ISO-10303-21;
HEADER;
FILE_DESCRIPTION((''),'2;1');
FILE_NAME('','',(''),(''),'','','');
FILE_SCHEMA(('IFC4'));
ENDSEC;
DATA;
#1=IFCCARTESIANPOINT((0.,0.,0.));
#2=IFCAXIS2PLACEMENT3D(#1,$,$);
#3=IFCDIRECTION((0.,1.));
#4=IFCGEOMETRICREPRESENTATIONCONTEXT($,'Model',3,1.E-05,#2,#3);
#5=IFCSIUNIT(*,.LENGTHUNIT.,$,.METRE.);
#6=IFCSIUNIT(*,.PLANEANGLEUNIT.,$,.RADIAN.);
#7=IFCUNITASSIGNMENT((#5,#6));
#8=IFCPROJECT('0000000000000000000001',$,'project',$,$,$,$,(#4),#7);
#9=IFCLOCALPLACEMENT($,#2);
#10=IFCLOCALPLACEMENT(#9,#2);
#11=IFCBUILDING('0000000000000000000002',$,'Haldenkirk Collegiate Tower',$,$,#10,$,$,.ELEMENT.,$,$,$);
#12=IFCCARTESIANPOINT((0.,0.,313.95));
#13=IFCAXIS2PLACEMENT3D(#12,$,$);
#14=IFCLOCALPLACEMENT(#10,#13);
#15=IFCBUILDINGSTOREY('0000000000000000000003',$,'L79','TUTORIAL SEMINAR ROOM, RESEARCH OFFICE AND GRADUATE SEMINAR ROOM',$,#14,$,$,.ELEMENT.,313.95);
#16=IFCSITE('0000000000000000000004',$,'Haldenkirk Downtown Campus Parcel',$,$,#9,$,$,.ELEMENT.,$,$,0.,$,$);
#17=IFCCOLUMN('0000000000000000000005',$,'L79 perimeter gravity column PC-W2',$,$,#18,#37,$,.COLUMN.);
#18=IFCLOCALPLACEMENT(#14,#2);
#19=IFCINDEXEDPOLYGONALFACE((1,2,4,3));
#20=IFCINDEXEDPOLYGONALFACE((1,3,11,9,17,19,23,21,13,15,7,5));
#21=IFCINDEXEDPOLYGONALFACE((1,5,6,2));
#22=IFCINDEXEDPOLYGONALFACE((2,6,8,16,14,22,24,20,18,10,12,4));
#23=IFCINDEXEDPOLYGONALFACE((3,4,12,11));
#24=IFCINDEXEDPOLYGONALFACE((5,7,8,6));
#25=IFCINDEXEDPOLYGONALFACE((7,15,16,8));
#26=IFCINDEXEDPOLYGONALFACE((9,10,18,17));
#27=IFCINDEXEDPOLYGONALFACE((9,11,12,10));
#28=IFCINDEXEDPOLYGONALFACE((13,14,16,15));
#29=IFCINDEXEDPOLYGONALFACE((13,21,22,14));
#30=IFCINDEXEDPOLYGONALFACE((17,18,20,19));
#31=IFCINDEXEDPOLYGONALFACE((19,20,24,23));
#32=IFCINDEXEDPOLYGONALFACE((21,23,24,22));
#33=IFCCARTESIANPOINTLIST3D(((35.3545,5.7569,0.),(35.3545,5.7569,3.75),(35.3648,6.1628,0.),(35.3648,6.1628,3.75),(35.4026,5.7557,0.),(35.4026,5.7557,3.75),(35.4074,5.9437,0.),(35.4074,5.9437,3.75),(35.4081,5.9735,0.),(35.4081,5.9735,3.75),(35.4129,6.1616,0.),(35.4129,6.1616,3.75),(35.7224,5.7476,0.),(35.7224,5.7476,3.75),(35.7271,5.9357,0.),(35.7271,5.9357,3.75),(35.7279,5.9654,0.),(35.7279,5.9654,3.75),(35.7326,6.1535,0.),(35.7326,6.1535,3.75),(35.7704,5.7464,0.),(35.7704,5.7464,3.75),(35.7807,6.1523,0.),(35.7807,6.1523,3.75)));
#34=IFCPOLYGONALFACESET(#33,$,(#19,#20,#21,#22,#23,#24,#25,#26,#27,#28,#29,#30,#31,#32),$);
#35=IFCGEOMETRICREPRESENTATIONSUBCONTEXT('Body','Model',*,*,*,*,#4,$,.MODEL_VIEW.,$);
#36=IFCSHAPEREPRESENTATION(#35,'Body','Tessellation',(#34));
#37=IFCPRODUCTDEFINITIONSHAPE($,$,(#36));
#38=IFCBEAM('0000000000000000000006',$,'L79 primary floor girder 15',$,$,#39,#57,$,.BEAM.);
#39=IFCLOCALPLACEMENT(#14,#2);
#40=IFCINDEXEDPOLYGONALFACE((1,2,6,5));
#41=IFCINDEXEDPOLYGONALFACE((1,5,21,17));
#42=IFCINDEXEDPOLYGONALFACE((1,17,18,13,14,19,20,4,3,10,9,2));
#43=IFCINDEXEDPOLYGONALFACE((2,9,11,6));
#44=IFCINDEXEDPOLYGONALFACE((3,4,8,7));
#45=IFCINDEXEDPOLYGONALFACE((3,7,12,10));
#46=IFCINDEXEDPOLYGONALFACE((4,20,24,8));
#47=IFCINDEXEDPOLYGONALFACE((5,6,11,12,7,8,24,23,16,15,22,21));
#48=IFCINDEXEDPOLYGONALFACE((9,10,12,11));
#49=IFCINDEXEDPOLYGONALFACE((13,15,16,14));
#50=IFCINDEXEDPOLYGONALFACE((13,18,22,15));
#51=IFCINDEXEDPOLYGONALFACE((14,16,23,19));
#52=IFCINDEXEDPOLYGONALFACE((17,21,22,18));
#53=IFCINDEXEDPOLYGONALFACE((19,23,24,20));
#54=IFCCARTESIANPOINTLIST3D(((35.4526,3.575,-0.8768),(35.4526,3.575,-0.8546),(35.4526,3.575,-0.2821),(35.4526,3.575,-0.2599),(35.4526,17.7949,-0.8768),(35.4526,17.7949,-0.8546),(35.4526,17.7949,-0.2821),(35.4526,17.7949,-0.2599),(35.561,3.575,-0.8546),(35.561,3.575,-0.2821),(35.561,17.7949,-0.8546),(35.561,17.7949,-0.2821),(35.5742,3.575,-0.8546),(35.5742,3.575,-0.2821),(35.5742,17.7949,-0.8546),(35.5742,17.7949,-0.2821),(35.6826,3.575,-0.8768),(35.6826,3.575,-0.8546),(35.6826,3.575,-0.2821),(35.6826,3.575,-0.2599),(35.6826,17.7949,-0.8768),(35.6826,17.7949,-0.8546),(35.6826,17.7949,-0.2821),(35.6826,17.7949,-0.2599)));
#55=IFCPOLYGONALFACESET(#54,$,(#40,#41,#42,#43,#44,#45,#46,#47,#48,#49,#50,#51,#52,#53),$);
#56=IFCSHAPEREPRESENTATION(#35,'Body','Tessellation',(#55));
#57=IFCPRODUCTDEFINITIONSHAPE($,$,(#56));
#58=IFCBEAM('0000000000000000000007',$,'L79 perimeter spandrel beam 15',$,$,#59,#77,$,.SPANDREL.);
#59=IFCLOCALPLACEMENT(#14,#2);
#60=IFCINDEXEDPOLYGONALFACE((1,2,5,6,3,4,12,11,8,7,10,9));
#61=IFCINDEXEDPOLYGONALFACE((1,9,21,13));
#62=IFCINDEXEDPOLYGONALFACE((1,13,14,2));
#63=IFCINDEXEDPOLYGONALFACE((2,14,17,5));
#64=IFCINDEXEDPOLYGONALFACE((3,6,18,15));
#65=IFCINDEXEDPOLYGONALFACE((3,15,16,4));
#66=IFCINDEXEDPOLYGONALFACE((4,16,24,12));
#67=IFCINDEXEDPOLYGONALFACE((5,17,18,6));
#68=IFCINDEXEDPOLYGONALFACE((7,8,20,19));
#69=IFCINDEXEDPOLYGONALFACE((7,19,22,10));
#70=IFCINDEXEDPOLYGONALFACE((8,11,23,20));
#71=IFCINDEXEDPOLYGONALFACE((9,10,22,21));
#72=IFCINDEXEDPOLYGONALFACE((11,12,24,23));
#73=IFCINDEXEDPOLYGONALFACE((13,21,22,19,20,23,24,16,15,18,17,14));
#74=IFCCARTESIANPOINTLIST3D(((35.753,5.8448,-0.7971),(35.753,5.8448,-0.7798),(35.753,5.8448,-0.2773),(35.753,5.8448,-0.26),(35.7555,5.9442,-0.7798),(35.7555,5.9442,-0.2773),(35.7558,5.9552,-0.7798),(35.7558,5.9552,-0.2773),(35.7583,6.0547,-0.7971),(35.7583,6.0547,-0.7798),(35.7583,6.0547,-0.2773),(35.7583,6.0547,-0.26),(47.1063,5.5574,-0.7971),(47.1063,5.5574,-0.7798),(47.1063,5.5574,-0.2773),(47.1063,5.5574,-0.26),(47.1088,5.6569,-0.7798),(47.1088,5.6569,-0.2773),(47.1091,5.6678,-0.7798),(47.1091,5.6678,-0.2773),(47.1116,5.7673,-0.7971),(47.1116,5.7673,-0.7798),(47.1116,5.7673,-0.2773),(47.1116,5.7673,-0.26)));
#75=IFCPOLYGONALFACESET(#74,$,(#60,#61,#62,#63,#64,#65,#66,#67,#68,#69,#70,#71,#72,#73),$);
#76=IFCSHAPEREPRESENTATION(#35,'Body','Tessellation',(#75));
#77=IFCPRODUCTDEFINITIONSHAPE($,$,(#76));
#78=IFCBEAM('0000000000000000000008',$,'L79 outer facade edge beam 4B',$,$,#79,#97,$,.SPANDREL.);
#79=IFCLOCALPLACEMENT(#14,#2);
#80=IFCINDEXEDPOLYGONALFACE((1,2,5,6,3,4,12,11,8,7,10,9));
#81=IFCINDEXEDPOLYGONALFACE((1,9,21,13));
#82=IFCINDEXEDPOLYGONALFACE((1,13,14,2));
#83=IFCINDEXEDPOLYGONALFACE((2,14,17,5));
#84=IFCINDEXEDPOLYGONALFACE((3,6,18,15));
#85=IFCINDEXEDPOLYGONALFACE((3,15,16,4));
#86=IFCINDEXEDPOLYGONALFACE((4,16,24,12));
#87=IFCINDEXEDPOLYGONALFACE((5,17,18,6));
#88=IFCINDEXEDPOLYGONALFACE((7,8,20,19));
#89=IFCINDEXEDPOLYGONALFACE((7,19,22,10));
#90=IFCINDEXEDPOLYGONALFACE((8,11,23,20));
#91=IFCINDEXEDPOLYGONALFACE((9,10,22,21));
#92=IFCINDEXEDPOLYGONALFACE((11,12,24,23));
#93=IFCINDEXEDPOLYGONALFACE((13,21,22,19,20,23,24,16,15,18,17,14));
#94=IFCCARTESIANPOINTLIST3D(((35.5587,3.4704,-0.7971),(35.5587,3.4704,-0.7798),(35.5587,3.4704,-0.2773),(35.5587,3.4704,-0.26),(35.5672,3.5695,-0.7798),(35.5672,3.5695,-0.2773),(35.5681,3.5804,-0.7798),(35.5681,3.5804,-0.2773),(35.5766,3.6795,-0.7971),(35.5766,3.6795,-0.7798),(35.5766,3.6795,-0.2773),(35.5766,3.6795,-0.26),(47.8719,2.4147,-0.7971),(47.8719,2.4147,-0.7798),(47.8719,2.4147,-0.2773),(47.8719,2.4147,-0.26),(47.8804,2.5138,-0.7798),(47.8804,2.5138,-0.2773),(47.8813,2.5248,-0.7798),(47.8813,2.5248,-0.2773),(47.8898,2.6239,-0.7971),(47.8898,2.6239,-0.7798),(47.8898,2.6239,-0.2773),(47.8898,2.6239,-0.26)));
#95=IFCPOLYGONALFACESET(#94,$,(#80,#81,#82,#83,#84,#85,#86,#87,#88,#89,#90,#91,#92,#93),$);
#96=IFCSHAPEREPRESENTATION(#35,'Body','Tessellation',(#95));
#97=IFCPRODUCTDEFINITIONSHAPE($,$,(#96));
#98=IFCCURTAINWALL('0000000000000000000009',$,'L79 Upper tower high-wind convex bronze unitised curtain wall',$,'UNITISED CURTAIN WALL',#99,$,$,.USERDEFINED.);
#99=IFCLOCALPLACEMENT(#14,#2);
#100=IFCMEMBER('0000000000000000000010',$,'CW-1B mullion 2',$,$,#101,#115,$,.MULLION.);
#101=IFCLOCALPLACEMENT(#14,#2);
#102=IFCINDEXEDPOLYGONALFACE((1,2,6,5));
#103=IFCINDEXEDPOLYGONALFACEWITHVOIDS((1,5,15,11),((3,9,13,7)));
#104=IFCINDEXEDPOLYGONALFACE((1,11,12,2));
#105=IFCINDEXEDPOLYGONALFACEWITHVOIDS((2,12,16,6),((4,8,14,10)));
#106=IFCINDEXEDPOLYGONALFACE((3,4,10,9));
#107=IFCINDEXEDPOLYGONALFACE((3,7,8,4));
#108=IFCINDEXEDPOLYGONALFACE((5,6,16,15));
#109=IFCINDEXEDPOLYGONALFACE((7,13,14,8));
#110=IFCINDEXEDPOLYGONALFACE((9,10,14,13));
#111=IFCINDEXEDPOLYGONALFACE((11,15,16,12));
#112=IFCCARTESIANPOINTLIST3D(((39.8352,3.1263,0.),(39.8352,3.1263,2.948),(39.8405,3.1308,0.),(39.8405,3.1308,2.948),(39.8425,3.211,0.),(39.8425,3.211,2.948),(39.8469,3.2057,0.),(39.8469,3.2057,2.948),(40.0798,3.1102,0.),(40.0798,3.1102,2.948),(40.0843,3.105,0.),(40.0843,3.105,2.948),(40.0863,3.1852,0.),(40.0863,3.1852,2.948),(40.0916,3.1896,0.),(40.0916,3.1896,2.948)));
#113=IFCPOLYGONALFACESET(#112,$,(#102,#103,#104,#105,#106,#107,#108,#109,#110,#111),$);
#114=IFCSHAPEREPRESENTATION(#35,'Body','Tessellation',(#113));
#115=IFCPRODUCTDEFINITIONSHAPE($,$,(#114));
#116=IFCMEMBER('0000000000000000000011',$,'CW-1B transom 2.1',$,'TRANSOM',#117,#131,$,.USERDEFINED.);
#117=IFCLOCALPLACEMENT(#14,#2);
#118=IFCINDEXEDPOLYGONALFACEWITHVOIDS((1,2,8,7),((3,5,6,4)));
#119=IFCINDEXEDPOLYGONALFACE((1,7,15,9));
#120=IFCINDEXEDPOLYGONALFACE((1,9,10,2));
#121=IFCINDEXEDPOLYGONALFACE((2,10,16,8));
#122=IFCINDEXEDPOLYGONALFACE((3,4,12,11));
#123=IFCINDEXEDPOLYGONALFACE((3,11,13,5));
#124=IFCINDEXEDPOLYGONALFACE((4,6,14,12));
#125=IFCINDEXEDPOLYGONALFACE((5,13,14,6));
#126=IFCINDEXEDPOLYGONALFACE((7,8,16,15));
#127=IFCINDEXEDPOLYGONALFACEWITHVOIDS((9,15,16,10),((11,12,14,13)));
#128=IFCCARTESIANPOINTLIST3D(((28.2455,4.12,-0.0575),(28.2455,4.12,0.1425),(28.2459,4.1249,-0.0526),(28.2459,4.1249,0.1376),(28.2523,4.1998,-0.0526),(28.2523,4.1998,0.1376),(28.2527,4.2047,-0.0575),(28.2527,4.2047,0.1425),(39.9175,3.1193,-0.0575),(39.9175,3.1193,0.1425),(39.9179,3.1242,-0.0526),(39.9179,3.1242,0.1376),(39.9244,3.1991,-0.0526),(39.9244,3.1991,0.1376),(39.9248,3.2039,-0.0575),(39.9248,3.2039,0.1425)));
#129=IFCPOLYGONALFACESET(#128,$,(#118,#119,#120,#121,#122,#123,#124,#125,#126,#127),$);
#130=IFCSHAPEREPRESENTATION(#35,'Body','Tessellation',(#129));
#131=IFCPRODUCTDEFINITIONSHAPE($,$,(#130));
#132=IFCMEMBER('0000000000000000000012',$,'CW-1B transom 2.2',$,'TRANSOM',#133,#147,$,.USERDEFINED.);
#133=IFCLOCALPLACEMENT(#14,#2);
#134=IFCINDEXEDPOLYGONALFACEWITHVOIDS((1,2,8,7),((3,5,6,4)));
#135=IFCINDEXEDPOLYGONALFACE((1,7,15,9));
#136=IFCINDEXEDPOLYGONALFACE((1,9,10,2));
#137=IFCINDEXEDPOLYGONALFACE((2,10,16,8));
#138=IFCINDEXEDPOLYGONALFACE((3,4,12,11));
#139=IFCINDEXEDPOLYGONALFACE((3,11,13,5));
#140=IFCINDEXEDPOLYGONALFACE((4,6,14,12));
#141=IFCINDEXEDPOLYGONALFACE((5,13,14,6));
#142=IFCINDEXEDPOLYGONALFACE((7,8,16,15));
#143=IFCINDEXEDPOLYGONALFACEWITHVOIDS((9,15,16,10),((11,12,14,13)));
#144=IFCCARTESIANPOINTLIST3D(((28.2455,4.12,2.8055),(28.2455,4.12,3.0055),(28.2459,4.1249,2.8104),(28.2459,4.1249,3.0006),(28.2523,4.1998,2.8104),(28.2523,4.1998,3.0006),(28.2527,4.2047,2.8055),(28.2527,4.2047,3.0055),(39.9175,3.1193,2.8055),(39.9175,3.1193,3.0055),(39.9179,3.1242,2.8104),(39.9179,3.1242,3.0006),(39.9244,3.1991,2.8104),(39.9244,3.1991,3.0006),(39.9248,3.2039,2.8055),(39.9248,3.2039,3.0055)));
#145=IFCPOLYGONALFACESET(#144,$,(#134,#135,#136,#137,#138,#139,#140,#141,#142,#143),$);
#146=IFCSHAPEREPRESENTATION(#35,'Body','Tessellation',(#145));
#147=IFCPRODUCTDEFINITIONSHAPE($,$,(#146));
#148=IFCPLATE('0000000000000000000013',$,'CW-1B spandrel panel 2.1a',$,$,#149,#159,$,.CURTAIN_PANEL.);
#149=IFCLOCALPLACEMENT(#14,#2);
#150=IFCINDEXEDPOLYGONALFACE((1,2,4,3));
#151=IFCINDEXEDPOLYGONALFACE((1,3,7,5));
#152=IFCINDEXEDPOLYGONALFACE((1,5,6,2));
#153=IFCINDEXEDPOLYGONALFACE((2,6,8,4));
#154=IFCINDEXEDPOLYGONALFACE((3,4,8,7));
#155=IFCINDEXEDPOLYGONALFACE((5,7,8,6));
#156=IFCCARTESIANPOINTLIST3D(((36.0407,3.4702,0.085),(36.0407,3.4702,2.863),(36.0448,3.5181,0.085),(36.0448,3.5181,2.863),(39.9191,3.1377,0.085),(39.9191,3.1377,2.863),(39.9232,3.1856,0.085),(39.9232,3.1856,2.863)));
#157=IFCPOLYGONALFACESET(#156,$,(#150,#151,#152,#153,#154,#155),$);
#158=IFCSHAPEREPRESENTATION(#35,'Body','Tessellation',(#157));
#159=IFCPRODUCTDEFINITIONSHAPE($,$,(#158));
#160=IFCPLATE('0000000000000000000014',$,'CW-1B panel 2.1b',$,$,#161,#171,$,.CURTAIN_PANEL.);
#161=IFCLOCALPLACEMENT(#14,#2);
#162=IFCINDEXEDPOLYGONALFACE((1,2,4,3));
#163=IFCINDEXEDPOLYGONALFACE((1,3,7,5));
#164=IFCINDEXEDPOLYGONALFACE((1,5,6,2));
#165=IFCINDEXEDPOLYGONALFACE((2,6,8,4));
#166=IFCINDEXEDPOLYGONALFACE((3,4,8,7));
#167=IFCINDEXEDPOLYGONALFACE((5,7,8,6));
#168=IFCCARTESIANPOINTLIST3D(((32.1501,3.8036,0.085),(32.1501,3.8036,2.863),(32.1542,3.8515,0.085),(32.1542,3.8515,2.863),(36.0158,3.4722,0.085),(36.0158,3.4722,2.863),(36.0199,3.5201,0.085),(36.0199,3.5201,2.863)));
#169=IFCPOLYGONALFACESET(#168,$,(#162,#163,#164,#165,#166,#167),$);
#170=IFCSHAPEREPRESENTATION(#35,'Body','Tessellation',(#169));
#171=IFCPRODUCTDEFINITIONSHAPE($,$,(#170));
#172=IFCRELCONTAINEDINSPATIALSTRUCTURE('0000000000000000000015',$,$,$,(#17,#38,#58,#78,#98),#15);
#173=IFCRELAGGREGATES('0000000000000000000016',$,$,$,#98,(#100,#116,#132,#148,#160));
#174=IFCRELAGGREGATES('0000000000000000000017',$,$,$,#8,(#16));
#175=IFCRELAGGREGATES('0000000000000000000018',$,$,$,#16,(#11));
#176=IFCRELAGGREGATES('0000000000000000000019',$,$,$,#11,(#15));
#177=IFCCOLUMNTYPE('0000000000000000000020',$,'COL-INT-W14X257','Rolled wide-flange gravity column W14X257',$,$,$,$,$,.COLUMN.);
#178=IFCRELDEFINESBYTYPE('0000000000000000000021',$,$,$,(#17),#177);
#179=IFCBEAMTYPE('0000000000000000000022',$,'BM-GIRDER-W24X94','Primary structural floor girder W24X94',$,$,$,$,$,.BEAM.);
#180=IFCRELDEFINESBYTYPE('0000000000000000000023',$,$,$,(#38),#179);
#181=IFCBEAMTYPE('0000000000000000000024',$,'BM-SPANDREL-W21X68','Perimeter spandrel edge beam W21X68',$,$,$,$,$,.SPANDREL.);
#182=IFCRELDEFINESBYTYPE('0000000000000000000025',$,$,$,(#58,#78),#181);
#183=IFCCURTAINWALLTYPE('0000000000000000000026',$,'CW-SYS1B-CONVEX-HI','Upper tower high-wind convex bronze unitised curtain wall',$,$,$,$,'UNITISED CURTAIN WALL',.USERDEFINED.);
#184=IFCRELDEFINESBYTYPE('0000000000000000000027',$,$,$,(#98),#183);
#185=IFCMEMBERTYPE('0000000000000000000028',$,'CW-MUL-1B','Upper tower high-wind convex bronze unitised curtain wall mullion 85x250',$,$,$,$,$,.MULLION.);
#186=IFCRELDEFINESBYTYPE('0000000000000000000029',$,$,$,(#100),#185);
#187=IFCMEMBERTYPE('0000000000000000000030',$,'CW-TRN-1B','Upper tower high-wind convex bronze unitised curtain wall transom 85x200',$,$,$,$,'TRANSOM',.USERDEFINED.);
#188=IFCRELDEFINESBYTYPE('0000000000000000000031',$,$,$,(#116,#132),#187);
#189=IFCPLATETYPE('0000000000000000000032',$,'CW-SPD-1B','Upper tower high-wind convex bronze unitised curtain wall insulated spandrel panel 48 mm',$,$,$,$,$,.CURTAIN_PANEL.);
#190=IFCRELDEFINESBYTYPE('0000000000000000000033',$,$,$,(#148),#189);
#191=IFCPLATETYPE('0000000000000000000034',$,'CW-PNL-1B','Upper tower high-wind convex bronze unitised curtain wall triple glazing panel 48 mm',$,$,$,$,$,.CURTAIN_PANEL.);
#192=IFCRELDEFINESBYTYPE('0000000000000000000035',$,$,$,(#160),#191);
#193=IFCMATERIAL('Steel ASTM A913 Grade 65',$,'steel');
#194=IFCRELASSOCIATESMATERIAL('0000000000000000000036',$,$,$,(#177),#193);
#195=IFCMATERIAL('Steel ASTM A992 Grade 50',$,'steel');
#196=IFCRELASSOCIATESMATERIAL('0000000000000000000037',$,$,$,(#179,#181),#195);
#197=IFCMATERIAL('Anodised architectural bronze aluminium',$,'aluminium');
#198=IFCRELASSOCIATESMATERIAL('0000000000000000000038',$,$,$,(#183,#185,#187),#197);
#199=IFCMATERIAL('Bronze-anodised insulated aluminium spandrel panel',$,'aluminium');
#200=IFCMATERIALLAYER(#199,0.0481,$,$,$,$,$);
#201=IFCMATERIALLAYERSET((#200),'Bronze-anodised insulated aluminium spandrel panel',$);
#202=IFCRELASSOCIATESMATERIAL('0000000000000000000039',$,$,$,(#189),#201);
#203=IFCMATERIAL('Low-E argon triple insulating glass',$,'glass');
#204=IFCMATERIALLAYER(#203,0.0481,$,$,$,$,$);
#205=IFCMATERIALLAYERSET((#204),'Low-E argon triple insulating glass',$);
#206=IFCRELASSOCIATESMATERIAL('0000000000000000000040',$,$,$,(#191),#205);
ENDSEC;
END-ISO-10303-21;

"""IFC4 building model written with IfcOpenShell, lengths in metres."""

from ifc_helpers import new_model, si_unit, direction, frame, origin, origin_2d, place, context, subcontext, project, spatial, rectangle, hollow_rectangle, i_section, extrude, source, transform, mapped, material, layer, layer_set, material_profile, profile_set, type_object, element, aggregate, save


model = new_model("IFC4")

# Units and contexts
model_context = context("Model", 3, precision=1e-05, world=origin(), true_north=direction((0.0, 1.0)))
body_context = subcontext(model_context, "Body", "Model", "MODEL_VIEW")
ifc_project = project(units=[si_unit("LENGTHUNIT", "METRE"), si_unit("PLANEANGLEUNIT", "RADIAN")], contexts=[model_context])

# Site, building, storey
site_placement = place(None, origin())
site = spatial("IfcSite", under=ifc_project, at=site_placement, Name="Haldenkirk Downtown Campus Parcel", CompositionType="ELEMENT", RefElevation=0.0)
building_placement = place(site_placement, origin())
building = spatial("IfcBuilding", under=site, at=building_placement, Name="Haldenkirk Collegiate Tower", CompositionType="ELEMENT")
storey_placement = place(building_placement, frame((0.0, 0.0, 313.95)))
storey = spatial("IfcBuildingStorey", under=building, at=storey_placement, Name="L79", Description="TUTORIAL SEMINAR ROOM, RESEARCH OFFICE AND GRADUATE SEMINAR ROOM", CompositionType="ELEMENT", Elevation=313.95)

# Column
ifc_material_1 = material(Name="Steel ASTM A913 Grade 65", Category="steel")
ifc_material_profile_1 = material_profile(ifc_material_1, i_section(OverallWidth=0.406, OverallDepth=0.416, WebThickness=0.0298, FlangeThickness=0.0481, at=origin_2d()), Name="W14X257")
ifc_profile_set_1 = profile_set([ifc_material_profile_1], Name="Steel ASTM A913 Grade 65")
column_type = type_object("IfcColumnType", Name="COL-INT-W14X257", Description="Rolled wide-flange gravity column W14X257", PredefinedType="COLUMN", material=ifc_profile_set_1)
column_placement = place(storey_placement, frame((35.5676, 5.9546, 0.0), z_axis=(0.0, 0.0, 1.0), x_axis=(0.025305, 0.99968, 0.0)))
element("IfcColumn", 1, at=column_placement, inside=storey, type_object=column_type, Name="L79 perimeter gravity column PC-W2", PredefinedType="COLUMN", context=body_context, shape_type="SweptSolid", body=[
    extrude(i_section(OverallWidth=0.406, OverallDepth=0.416, WebThickness=0.0298, FlangeThickness=0.0481, at=origin_2d()), origin(), (0.0, 0.0, 1.0), 3.75),
])

# Beams
ifc_material_2 = material(Name="Steel ASTM A992 Grade 50", Category="steel")
ifc_material_profile_2 = material_profile(ifc_material_2, i_section(OverallWidth=0.23, OverallDepth=0.6169, WebThickness=0.0132, FlangeThickness=0.0222, at=origin_2d()), Name="W24X94")
ifc_profile_set_2 = profile_set([ifc_material_profile_2], Name="Steel ASTM A992 Grade 50")
beam_type_1 = type_object("IfcBeamType", Name="BM-GIRDER-W24X94", Description="Primary structural floor girder W24X94", PredefinedType="BEAM", material=ifc_profile_set_2)
beam_1_placement = place(storey_placement, frame((35.5676, 3.575, -0.5684), z_axis=(0.0, 1.0, 0.0), x_axis=(-1.0, 0.0, 0.0)))
element("IfcBeam", 2, at=beam_1_placement, inside=storey, type_object=beam_type_1, Name="L79 primary floor girder 15", PredefinedType="BEAM", context=body_context, shape_type="SweptSolid", body=[
    extrude(i_section(OverallWidth=0.23, OverallDepth=0.6169, WebThickness=0.0132, FlangeThickness=0.0222, at=origin_2d()), origin(), (0.0, 0.0, 1.0), 14.22),
])
ifc_material_profile_3 = material_profile(ifc_material_2, i_section(OverallWidth=0.21, OverallDepth=0.5371, WebThickness=0.011, FlangeThickness=0.0173, at=origin_2d()), Name="W21X68")
ifc_profile_set_3 = profile_set([ifc_material_profile_3], Name="Steel ASTM A992 Grade 50")
beam_type_2 = type_object("IfcBeamType", Name="BM-SPANDREL-W21X68", Description="Perimeter spandrel edge beam W21X68", PredefinedType="SPANDREL", material=ifc_profile_set_3)
beam_2_placement = place(storey_placement, frame((35.7556, 5.9497, -0.5286), z_axis=(0.99968, -0.025302, 0.0), x_axis=(0.025302, 0.99968, 0.0)))
element("IfcBeam", 3, at=beam_2_placement, inside=storey, type_object=beam_type_2, Name="L79 perimeter spandrel beam 15", PredefinedType="SPANDREL", context=body_context, shape_type="SweptSolid", body=[
    extrude(i_section(OverallWidth=0.21, OverallDepth=0.5371, WebThickness=0.011, FlangeThickness=0.0173, at=origin_2d()), origin(), (0.0, 0.0, 1.0), 11.3569),
])
beam_3_placement = place(storey_placement, frame((35.5676, 3.575, -0.5286), z_axis=(0.996345, -0.085421, 0.0), x_axis=(0.085421, 0.996345, 0.0)))
element("IfcBeam", 4, at=beam_3_placement, inside=storey, type_object=beam_type_2, Name="L79 outer facade edge beam 4B", PredefinedType="SPANDREL", context=body_context, shape_type="SweptSolid", body=[
    extrude(i_section(OverallWidth=0.21, OverallDepth=0.5371, WebThickness=0.011, FlangeThickness=0.0173, at=origin_2d()), origin(), (0.0, 0.0, 1.0), 12.3584),
])

# Curtain wall, members, plates
ifc_material_3 = material(Name="Anodised architectural bronze aluminium", Category="aluminium")
curtain_wall_type = type_object("IfcCurtainWallType", Name="CW-SYS1B-CONVEX-HI", Description="Upper tower high-wind convex bronze unitised curtain wall", ElementType="UNITISED CURTAIN WALL", PredefinedType="USERDEFINED", material=ifc_material_3)
curtain_wall_placement = place(storey_placement, origin())
curtain_wall = element("IfcCurtainWall", 5, at=curtain_wall_placement, inside=storey, type_object=curtain_wall_type, Name="L79 Upper tower high-wind convex bronze unitised curtain wall", ObjectType="UNITISED CURTAIN WALL", PredefinedType="USERDEFINED")
ifc_material_profile_4 = material_profile(ifc_material_3, hollow_rectangle(XDim=0.085, YDim=0.25, WallThickness=0.0049, at=origin_2d()), Name="CW-MUL-1B")
ifc_profile_set_4 = profile_set([ifc_material_profile_4], Name="Anodised architectural bronze aluminium")
member_type_1 = type_object("IfcMemberType", Name="CW-MUL-1B", Description="Upper tower high-wind convex bronze unitised curtain wall mullion 85x250", PredefinedType="MULLION", material=ifc_profile_set_4)
member_1_placement = place(storey_placement, frame((39.9634, 3.158, 0.0), z_axis=(0.0, 0.0, 1.0), x_axis=(-0.085418, -0.996345, 0.0)))
member_1 = element("IfcMember", 6, at=member_1_placement, type_object=member_type_1, Name="CW-1B mullion 2", PredefinedType="MULLION", context=body_context, shape_type="SweptSolid", body=[
    extrude(hollow_rectangle(XDim=0.085, YDim=0.25, WallThickness=0.0049, at=origin_2d()), origin(), (0.0, 0.0, 1.0), 2.948),
])
ifc_material_profile_5 = material_profile(ifc_material_3, hollow_rectangle(XDim=0.085, YDim=0.2, WallThickness=0.0049, at=origin_2d()), Name="CW-TRN-1B")
ifc_profile_set_5 = profile_set([ifc_material_profile_5], Name="Anodised architectural bronze aluminium")
member_type_2 = type_object("IfcMemberType", Name="CW-TRN-1B", Description="Upper tower high-wind convex bronze unitised curtain wall transom 85x200", ElementType="TRANSOM", PredefinedType="USERDEFINED", material=ifc_profile_set_5)
member_2_placement = place(storey_placement, frame((39.9211, 3.1616, 0.0425), z_axis=(-0.996345, 0.085424, 0.0), x_axis=(-0.085424, -0.996345, 0.0)))
member_2 = element("IfcMember", 7, at=member_2_placement, type_object=member_type_2, Name="CW-1B transom 2.1", ObjectType="TRANSOM", PredefinedType="USERDEFINED", context=body_context, shape_type="SweptSolid", body=[
    extrude(hollow_rectangle(XDim=0.085, YDim=0.2, WallThickness=0.0049, at=origin_2d()), origin(), (0.0, 0.0, 1.0), 11.7148),
])
member_3_placement = place(storey_placement, frame((39.9211, 3.1616, 2.9055), z_axis=(-0.996345, 0.085424, 0.0), x_axis=(-0.085424, -0.996345, 0.0)))
member_3 = element("IfcMember", 8, at=member_3_placement, type_object=member_type_2, Name="CW-1B transom 2.2", ObjectType="TRANSOM", PredefinedType="USERDEFINED", context=body_context, shape_type="SweptSolid", body=[
    extrude(hollow_rectangle(XDim=0.085, YDim=0.2, WallThickness=0.0049, at=origin_2d()), origin(), (0.0, 0.0, 1.0), 11.7148),
])
ifc_material_4 = material(Name="Bronze-anodised insulated aluminium spandrel panel", Category="aluminium")
ifc_layer_1 = layer(ifc_material_4, 0.0481)
ifc_layer_set_1 = layer_set([ifc_layer_1], Name="Bronze-anodised insulated aluminium spandrel panel")
plate_type_1 = type_object("IfcPlateType", Name="CW-SPD-1B", Description="Upper tower high-wind convex bronze unitised curtain wall insulated spandrel panel 48 mm", PredefinedType="CURTAIN_PANEL", material=ifc_layer_set_1)
shared_shape_1 = source(origin(), body_context, "Body", "SweptSolid", [
    extrude(rectangle(XDim=3.8926, YDim=0.0481, at=origin_2d()), origin(), (0.0, 0.0, 1.0), 2.7781),
])
plate_1_placement = place(storey_placement, frame((37.9819, 3.3279, 0.085), z_axis=(0.0, 0.0, 1.0), x_axis=(-0.996345, 0.085418, 0.0)))
plate_1 = element("IfcPlate", 9, at=plate_1_placement, type_object=plate_type_1, Name="CW-1B spandrel panel 2.1a", PredefinedType="CURTAIN_PANEL", context=body_context, shape_type="MappedRepresentation", body=[
    mapped(shared_shape_1, transform((0.0, 0.0, 0.0), x_axis=(1.0, 0.0, 0.0), y_axis=(0.0, 1.0, 0.0), z_axis=(0.0, 0.0, 1.0), scale=1.0)),
])
ifc_material_5 = material(Name="Low-E argon triple insulating glass", Category="glass")
ifc_layer_2 = layer(ifc_material_5, 0.0481)
ifc_layer_set_2 = layer_set([ifc_layer_2], Name="Low-E argon triple insulating glass")
plate_type_2 = type_object("IfcPlateType", Name="CW-PNL-1B", Description="Upper tower high-wind convex bronze unitised curtain wall triple glazing panel 48 mm", PredefinedType="CURTAIN_PANEL", material=ifc_layer_set_2)
shared_shape_2 = source(origin(), body_context, "Body", "SweptSolid", [
    extrude(rectangle(XDim=3.8799, YDim=0.0481, at=origin_2d()), origin(), (0.0, 0.0, 1.0), 2.7781),
])
plate_2_placement = place(storey_placement, frame((34.085, 3.6619, 0.085), z_axis=(0.0, 0.0, 1.0), x_axis=(-0.996345, 0.085418, 0.0)))
plate_2 = element("IfcPlate", 10, at=plate_2_placement, type_object=plate_type_2, Name="CW-1B panel 2.1b", PredefinedType="CURTAIN_PANEL", context=body_context, shape_type="MappedRepresentation", body=[
    mapped(shared_shape_2, transform((0.0, 0.0, 0.0), x_axis=(1.0, 0.0, 0.0), y_axis=(0.0, 1.0, 0.0), z_axis=(0.0, 0.0, 1.0), scale=1.0)),
])
aggregate(curtain_wall, [member_1, member_2, member_3, plate_1, plate_2])

save(model, "model.ifc")
